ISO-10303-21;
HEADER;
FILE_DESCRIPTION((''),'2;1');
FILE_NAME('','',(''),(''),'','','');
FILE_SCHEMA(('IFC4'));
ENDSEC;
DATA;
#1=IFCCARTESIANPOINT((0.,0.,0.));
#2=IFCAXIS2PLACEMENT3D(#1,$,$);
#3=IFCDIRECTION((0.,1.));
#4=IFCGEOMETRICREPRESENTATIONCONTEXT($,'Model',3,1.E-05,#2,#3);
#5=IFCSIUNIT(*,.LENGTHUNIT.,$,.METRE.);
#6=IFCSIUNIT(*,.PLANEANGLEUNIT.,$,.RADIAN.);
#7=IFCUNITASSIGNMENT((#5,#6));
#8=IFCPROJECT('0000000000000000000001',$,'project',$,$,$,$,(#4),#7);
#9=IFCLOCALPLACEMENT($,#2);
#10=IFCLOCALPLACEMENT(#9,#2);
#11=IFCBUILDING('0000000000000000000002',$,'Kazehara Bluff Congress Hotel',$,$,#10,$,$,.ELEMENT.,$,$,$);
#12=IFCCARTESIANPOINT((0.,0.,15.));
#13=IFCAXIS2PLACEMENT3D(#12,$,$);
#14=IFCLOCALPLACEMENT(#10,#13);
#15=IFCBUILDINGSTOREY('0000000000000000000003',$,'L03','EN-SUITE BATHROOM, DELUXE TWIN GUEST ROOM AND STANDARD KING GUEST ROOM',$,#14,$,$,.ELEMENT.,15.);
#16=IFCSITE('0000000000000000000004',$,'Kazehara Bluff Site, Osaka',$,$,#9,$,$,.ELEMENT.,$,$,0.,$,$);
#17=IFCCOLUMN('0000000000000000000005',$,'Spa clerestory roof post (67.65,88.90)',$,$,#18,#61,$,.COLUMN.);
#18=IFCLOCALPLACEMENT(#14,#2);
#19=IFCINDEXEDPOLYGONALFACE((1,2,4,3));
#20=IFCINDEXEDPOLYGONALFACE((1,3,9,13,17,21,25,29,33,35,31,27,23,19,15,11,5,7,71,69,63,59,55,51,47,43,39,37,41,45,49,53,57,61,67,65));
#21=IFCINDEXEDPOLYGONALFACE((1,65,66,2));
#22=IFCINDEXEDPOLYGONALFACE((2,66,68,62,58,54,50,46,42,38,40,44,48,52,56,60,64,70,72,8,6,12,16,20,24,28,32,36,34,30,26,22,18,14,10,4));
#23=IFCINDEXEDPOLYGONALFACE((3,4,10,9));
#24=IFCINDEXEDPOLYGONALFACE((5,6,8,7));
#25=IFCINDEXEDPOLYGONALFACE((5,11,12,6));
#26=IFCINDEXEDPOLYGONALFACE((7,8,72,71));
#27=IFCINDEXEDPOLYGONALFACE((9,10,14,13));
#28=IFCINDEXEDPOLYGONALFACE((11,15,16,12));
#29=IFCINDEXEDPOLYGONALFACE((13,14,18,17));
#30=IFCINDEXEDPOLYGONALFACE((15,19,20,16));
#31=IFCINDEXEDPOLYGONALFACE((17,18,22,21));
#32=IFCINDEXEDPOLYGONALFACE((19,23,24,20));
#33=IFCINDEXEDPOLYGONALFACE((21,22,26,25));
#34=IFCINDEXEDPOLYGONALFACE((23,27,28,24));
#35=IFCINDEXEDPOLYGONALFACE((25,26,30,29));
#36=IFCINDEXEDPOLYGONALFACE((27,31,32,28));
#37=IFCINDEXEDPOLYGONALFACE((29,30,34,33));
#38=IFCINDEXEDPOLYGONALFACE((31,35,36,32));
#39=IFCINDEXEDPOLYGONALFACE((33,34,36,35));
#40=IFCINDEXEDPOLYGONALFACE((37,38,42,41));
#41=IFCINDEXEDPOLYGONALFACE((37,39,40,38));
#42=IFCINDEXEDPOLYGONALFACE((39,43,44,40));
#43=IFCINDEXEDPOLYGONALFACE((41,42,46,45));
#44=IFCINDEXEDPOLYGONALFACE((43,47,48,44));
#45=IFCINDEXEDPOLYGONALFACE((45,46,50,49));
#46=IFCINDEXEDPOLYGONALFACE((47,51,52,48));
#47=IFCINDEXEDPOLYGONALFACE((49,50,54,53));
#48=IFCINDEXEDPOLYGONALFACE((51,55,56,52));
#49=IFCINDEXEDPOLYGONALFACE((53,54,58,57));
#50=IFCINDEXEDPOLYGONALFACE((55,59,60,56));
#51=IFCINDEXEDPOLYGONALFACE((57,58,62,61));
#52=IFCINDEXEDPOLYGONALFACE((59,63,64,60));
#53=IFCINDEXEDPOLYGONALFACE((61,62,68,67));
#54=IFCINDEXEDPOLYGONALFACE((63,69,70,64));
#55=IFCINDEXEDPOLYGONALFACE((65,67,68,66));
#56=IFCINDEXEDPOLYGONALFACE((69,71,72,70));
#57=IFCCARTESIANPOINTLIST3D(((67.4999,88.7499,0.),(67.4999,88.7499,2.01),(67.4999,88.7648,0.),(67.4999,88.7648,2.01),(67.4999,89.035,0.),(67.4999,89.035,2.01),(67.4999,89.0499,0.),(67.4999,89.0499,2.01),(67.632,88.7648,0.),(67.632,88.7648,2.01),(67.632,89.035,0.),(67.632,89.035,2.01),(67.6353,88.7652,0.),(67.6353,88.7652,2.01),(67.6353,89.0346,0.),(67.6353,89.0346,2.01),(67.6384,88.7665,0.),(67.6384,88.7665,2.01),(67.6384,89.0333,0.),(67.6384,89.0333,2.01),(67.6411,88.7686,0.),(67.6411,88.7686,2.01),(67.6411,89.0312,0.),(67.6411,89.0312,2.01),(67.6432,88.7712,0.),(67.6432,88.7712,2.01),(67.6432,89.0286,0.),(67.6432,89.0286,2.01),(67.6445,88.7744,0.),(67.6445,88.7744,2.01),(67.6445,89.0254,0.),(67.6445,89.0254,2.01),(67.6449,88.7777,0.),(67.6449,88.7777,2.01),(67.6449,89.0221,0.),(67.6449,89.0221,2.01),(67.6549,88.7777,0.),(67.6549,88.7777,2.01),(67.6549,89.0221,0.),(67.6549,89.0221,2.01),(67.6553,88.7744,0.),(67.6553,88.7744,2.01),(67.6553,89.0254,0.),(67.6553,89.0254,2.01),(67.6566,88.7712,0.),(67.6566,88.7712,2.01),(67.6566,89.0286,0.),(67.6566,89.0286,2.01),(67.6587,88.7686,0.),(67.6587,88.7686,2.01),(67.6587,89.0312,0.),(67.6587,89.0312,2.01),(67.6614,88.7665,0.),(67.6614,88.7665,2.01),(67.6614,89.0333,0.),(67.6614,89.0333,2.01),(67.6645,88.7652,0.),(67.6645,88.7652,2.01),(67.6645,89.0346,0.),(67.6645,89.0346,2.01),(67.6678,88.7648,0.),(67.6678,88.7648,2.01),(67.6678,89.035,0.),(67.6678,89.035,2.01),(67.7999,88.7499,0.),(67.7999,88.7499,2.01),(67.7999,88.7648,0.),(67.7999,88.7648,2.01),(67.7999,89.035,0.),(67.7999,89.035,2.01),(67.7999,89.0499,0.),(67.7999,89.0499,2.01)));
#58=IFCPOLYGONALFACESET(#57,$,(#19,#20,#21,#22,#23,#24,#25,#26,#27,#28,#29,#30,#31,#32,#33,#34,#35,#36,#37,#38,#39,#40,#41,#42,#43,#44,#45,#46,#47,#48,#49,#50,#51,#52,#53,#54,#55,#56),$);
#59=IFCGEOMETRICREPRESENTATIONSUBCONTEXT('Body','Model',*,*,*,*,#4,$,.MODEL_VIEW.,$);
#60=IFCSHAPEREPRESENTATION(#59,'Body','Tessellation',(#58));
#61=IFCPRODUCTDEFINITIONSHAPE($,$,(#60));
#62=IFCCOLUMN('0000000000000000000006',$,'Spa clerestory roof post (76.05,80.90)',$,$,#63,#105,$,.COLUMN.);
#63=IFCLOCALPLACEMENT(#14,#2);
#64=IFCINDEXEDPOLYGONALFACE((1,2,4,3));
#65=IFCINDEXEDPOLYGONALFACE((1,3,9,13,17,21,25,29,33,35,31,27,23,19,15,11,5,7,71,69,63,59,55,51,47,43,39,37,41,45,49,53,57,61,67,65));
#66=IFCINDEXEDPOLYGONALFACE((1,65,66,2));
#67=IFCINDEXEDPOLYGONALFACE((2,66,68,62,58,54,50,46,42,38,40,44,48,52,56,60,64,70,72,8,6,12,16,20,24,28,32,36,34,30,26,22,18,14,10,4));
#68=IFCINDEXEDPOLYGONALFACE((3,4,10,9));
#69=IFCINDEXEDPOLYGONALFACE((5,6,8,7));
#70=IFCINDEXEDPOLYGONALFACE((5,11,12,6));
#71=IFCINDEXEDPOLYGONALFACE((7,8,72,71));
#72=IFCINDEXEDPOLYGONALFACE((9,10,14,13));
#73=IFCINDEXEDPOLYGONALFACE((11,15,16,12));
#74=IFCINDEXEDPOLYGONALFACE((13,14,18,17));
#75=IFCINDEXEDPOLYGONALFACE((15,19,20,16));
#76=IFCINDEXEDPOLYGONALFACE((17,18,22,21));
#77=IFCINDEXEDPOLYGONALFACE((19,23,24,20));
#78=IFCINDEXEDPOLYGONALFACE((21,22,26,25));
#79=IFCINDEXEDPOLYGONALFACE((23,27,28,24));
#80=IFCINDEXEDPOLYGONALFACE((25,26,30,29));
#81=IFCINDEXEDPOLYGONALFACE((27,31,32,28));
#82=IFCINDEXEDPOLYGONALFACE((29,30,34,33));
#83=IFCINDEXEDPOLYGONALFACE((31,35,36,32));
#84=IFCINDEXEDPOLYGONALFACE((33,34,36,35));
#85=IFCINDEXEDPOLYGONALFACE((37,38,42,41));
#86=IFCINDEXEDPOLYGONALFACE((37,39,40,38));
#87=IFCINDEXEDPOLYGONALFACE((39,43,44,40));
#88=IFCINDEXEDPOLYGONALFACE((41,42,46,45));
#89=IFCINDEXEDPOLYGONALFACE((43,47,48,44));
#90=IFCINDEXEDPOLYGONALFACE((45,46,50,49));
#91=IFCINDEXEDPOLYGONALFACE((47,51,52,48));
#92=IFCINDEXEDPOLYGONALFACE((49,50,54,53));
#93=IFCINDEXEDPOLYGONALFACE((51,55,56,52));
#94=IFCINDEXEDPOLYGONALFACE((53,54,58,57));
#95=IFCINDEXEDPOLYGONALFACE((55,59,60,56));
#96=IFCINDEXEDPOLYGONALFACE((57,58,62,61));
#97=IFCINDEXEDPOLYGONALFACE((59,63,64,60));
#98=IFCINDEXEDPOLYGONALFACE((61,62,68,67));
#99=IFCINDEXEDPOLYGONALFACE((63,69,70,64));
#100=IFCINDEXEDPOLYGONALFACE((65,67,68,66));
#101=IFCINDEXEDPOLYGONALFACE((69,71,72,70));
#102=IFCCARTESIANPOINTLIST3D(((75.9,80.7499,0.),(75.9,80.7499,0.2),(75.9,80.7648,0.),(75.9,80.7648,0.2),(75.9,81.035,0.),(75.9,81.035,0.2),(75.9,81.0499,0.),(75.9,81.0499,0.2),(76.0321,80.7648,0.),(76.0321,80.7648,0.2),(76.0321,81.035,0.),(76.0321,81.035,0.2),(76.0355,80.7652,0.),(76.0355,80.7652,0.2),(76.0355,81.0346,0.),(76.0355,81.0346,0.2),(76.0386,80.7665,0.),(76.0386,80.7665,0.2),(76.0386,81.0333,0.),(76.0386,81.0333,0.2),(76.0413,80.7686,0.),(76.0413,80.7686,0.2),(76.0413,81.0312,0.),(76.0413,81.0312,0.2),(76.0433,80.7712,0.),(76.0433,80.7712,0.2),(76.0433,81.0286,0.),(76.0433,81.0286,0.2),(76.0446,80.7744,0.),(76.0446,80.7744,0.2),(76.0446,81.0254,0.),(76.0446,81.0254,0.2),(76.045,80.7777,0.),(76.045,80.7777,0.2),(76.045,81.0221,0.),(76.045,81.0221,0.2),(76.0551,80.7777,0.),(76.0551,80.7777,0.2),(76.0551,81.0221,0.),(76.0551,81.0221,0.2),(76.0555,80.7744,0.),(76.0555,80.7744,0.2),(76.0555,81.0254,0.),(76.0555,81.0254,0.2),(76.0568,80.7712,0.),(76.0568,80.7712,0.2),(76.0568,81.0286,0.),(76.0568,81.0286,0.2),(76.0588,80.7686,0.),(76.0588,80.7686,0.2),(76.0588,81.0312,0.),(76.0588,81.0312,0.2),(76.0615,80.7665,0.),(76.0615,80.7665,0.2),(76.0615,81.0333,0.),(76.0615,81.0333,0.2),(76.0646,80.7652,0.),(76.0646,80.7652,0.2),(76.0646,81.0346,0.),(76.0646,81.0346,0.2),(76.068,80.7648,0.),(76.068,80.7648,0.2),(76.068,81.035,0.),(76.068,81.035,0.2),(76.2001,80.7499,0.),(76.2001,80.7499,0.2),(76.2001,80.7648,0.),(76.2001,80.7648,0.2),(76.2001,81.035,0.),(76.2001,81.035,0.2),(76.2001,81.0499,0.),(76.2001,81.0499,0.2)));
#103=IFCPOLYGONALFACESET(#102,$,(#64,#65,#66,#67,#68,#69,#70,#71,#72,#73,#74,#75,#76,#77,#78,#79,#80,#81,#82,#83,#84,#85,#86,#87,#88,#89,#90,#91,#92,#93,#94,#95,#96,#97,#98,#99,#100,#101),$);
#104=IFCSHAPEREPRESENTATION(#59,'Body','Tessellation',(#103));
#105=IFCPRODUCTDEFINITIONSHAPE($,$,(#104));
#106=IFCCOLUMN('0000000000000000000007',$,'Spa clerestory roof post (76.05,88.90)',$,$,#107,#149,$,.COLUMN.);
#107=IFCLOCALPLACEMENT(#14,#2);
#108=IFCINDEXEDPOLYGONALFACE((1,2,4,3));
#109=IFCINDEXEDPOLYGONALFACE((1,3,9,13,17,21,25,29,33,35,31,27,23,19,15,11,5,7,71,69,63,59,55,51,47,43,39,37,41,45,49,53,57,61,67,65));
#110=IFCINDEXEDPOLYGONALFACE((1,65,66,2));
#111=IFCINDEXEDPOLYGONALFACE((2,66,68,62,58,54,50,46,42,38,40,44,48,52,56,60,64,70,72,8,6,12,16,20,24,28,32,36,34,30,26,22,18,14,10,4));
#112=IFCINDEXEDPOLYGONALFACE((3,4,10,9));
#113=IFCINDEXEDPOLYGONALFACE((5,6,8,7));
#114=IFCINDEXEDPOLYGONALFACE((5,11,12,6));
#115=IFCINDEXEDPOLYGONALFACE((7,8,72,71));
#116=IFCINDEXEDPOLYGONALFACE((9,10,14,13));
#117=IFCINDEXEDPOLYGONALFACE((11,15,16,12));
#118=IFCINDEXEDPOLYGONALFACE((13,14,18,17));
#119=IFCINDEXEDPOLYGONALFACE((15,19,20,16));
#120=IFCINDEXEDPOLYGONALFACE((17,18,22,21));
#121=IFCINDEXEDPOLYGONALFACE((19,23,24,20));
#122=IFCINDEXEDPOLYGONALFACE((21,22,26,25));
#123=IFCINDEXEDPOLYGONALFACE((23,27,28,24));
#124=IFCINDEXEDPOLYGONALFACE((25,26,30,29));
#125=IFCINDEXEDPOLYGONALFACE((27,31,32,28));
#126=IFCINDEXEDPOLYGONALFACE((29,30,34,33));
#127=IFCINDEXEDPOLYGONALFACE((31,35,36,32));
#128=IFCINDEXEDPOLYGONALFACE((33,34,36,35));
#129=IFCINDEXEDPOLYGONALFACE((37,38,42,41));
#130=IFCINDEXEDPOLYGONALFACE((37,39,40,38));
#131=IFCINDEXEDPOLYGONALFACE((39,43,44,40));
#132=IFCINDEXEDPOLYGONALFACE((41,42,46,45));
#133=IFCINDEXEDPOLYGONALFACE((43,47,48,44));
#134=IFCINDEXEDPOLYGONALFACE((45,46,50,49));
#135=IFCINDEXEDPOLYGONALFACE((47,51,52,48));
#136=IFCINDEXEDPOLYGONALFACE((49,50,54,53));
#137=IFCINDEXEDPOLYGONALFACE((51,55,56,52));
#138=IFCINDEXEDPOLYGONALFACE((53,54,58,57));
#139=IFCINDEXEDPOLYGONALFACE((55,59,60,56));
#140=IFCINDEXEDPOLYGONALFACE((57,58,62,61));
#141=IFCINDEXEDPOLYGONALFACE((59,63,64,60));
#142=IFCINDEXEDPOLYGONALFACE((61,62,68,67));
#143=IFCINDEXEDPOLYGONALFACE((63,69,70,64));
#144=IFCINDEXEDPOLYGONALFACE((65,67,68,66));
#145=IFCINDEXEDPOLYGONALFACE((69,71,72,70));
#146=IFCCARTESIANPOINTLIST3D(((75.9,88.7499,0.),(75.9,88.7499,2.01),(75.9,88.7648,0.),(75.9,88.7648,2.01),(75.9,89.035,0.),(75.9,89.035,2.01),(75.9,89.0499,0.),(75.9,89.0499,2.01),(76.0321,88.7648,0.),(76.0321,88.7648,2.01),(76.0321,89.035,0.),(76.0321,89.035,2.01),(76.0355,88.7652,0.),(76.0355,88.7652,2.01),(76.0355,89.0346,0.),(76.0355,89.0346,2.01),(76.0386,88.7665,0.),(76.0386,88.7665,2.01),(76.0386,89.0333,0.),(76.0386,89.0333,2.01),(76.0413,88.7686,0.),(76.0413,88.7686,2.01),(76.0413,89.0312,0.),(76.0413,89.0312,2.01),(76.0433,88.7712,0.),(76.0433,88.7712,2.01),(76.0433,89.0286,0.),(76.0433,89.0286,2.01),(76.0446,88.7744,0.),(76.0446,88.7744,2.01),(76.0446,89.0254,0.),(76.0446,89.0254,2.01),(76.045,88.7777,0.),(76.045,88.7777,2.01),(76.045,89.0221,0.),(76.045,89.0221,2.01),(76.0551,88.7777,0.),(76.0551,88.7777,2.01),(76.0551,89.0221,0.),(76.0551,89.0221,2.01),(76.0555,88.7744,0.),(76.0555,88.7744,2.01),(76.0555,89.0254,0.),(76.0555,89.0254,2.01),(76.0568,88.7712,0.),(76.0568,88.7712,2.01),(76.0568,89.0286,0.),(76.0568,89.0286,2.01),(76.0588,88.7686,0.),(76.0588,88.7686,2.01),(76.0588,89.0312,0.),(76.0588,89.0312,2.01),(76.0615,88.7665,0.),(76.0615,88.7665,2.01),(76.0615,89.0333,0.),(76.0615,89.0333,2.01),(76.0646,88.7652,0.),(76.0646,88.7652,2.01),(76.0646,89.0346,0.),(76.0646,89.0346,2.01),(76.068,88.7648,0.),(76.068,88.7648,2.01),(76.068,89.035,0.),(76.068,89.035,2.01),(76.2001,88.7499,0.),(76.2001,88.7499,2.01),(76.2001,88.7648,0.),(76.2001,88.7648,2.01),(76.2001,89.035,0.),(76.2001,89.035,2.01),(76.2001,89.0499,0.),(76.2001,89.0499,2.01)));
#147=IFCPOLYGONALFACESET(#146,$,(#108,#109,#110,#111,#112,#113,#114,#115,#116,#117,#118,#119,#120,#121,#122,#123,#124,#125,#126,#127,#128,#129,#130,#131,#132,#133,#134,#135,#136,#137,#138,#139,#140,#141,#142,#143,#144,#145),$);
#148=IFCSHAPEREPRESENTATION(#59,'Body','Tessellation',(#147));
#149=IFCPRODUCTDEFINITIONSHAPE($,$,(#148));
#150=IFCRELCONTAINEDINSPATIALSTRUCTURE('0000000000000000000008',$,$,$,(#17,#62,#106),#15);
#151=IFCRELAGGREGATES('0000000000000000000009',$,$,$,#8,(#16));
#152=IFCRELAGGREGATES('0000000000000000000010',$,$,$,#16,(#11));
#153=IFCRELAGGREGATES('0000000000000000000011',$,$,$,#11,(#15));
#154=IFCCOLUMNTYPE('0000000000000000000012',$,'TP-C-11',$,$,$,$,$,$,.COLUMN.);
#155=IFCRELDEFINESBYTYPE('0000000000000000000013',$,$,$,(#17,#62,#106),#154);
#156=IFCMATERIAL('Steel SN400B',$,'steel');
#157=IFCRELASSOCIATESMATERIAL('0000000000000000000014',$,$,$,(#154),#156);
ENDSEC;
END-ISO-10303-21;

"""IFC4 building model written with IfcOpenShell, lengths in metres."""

from ifc_helpers import new_model, si_unit, direction, frame, origin, origin_2d, place, context, subcontext, project, spatial, i_section, extrude, material, material_profile, profile_set, type_object, element, save


model = new_model("IFC4")

# Units and contexts
model_context = context("Model", 3, precision=1e-05, world=origin(), true_north=direction((0.0, 1.0)))
body_context = subcontext(model_context, "Body", "Model", "MODEL_VIEW")
ifc_project = project(units=[si_unit("LENGTHUNIT", "METRE"), si_unit("PLANEANGLEUNIT", "RADIAN")], contexts=[model_context])

# Site, building, storey
site_placement = place(None, origin())
site = spatial("IfcSite", under=ifc_project, at=site_placement, Name="Kazehara Bluff Site, Osaka", CompositionType="ELEMENT", RefElevation=0.0)
building_placement = place(site_placement, origin())
building = spatial("IfcBuilding", under=site, at=building_placement, Name="Kazehara Bluff Congress Hotel", CompositionType="ELEMENT")
storey_placement = place(building_placement, frame((0.0, 0.0, 15.0)))
storey = spatial("IfcBuildingStorey", under=building, at=storey_placement, Name="L03", Description="EN-SUITE BATHROOM, DELUXE TWIN GUEST ROOM AND STANDARD KING GUEST ROOM", CompositionType="ELEMENT", Elevation=15.0)

# Columns
ifc_material_1 = material(Name="Steel SN400B", Category="steel")
ifc_material_profile_1 = material_profile(ifc_material_1, i_section(OverallWidth=0.3, OverallDepth=0.3, WebThickness=0.01, FlangeThickness=0.0149, FilletRadius=0.0129, at=origin_2d()))
ifc_profile_set_1 = profile_set([ifc_material_profile_1], Name="Steel SN400B")
column_type = type_object("IfcColumnType", Name="TP-C-11", PredefinedType="COLUMN", material=ifc_profile_set_1)
column_1_placement = place(storey_placement, frame((67.6499, 88.8999, 0.0), z_axis=(0.0, 0.0, 1.0), x_axis=(1.0, 0.0, 0.0)))
element("IfcColumn", 1, at=column_1_placement, inside=storey, type_object=column_type, Name="Spa clerestory roof post (67.65,88.90)", PredefinedType="COLUMN", context=body_context, shape_type="SweptSolid", body=[
    extrude(i_section(OverallWidth=0.3, OverallDepth=0.3, WebThickness=0.01, FlangeThickness=0.0149, FilletRadius=0.0129, at=origin_2d()), origin(), (0.0, 0.0, 1.0), 2.01),
])
column_2_placement = place(storey_placement, frame((76.05, 80.8999, 0.0), z_axis=(0.0, 0.0, 1.0), x_axis=(1.0, 0.0, 0.0)))
element("IfcColumn", 2, at=column_2_placement, inside=storey, type_object=column_type, Name="Spa clerestory roof post (76.05,80.90)", PredefinedType="COLUMN", context=body_context, shape_type="SweptSolid", body=[
    extrude(i_section(OverallWidth=0.3, OverallDepth=0.3, WebThickness=0.01, FlangeThickness=0.0149, FilletRadius=0.0129, at=origin_2d()), origin(), (0.0, 0.0, 1.0), 0.2),
])
column_3_placement = place(storey_placement, frame((76.05, 88.8999, 0.0), z_axis=(0.0, 0.0, 1.0), x_axis=(1.0, 0.0, 0.0)))
element("IfcColumn", 3, at=column_3_placement, inside=storey, type_object=column_type, Name="Spa clerestory roof post (76.05,88.90)", PredefinedType="COLUMN", context=body_context, shape_type="SweptSolid", body=[
    extrude(i_section(OverallWidth=0.3, OverallDepth=0.3, WebThickness=0.01, FlangeThickness=0.0149, FilletRadius=0.0129, at=origin_2d()), origin(), (0.0, 0.0, 1.0), 2.01),
])

save(model, "model.ifc")
